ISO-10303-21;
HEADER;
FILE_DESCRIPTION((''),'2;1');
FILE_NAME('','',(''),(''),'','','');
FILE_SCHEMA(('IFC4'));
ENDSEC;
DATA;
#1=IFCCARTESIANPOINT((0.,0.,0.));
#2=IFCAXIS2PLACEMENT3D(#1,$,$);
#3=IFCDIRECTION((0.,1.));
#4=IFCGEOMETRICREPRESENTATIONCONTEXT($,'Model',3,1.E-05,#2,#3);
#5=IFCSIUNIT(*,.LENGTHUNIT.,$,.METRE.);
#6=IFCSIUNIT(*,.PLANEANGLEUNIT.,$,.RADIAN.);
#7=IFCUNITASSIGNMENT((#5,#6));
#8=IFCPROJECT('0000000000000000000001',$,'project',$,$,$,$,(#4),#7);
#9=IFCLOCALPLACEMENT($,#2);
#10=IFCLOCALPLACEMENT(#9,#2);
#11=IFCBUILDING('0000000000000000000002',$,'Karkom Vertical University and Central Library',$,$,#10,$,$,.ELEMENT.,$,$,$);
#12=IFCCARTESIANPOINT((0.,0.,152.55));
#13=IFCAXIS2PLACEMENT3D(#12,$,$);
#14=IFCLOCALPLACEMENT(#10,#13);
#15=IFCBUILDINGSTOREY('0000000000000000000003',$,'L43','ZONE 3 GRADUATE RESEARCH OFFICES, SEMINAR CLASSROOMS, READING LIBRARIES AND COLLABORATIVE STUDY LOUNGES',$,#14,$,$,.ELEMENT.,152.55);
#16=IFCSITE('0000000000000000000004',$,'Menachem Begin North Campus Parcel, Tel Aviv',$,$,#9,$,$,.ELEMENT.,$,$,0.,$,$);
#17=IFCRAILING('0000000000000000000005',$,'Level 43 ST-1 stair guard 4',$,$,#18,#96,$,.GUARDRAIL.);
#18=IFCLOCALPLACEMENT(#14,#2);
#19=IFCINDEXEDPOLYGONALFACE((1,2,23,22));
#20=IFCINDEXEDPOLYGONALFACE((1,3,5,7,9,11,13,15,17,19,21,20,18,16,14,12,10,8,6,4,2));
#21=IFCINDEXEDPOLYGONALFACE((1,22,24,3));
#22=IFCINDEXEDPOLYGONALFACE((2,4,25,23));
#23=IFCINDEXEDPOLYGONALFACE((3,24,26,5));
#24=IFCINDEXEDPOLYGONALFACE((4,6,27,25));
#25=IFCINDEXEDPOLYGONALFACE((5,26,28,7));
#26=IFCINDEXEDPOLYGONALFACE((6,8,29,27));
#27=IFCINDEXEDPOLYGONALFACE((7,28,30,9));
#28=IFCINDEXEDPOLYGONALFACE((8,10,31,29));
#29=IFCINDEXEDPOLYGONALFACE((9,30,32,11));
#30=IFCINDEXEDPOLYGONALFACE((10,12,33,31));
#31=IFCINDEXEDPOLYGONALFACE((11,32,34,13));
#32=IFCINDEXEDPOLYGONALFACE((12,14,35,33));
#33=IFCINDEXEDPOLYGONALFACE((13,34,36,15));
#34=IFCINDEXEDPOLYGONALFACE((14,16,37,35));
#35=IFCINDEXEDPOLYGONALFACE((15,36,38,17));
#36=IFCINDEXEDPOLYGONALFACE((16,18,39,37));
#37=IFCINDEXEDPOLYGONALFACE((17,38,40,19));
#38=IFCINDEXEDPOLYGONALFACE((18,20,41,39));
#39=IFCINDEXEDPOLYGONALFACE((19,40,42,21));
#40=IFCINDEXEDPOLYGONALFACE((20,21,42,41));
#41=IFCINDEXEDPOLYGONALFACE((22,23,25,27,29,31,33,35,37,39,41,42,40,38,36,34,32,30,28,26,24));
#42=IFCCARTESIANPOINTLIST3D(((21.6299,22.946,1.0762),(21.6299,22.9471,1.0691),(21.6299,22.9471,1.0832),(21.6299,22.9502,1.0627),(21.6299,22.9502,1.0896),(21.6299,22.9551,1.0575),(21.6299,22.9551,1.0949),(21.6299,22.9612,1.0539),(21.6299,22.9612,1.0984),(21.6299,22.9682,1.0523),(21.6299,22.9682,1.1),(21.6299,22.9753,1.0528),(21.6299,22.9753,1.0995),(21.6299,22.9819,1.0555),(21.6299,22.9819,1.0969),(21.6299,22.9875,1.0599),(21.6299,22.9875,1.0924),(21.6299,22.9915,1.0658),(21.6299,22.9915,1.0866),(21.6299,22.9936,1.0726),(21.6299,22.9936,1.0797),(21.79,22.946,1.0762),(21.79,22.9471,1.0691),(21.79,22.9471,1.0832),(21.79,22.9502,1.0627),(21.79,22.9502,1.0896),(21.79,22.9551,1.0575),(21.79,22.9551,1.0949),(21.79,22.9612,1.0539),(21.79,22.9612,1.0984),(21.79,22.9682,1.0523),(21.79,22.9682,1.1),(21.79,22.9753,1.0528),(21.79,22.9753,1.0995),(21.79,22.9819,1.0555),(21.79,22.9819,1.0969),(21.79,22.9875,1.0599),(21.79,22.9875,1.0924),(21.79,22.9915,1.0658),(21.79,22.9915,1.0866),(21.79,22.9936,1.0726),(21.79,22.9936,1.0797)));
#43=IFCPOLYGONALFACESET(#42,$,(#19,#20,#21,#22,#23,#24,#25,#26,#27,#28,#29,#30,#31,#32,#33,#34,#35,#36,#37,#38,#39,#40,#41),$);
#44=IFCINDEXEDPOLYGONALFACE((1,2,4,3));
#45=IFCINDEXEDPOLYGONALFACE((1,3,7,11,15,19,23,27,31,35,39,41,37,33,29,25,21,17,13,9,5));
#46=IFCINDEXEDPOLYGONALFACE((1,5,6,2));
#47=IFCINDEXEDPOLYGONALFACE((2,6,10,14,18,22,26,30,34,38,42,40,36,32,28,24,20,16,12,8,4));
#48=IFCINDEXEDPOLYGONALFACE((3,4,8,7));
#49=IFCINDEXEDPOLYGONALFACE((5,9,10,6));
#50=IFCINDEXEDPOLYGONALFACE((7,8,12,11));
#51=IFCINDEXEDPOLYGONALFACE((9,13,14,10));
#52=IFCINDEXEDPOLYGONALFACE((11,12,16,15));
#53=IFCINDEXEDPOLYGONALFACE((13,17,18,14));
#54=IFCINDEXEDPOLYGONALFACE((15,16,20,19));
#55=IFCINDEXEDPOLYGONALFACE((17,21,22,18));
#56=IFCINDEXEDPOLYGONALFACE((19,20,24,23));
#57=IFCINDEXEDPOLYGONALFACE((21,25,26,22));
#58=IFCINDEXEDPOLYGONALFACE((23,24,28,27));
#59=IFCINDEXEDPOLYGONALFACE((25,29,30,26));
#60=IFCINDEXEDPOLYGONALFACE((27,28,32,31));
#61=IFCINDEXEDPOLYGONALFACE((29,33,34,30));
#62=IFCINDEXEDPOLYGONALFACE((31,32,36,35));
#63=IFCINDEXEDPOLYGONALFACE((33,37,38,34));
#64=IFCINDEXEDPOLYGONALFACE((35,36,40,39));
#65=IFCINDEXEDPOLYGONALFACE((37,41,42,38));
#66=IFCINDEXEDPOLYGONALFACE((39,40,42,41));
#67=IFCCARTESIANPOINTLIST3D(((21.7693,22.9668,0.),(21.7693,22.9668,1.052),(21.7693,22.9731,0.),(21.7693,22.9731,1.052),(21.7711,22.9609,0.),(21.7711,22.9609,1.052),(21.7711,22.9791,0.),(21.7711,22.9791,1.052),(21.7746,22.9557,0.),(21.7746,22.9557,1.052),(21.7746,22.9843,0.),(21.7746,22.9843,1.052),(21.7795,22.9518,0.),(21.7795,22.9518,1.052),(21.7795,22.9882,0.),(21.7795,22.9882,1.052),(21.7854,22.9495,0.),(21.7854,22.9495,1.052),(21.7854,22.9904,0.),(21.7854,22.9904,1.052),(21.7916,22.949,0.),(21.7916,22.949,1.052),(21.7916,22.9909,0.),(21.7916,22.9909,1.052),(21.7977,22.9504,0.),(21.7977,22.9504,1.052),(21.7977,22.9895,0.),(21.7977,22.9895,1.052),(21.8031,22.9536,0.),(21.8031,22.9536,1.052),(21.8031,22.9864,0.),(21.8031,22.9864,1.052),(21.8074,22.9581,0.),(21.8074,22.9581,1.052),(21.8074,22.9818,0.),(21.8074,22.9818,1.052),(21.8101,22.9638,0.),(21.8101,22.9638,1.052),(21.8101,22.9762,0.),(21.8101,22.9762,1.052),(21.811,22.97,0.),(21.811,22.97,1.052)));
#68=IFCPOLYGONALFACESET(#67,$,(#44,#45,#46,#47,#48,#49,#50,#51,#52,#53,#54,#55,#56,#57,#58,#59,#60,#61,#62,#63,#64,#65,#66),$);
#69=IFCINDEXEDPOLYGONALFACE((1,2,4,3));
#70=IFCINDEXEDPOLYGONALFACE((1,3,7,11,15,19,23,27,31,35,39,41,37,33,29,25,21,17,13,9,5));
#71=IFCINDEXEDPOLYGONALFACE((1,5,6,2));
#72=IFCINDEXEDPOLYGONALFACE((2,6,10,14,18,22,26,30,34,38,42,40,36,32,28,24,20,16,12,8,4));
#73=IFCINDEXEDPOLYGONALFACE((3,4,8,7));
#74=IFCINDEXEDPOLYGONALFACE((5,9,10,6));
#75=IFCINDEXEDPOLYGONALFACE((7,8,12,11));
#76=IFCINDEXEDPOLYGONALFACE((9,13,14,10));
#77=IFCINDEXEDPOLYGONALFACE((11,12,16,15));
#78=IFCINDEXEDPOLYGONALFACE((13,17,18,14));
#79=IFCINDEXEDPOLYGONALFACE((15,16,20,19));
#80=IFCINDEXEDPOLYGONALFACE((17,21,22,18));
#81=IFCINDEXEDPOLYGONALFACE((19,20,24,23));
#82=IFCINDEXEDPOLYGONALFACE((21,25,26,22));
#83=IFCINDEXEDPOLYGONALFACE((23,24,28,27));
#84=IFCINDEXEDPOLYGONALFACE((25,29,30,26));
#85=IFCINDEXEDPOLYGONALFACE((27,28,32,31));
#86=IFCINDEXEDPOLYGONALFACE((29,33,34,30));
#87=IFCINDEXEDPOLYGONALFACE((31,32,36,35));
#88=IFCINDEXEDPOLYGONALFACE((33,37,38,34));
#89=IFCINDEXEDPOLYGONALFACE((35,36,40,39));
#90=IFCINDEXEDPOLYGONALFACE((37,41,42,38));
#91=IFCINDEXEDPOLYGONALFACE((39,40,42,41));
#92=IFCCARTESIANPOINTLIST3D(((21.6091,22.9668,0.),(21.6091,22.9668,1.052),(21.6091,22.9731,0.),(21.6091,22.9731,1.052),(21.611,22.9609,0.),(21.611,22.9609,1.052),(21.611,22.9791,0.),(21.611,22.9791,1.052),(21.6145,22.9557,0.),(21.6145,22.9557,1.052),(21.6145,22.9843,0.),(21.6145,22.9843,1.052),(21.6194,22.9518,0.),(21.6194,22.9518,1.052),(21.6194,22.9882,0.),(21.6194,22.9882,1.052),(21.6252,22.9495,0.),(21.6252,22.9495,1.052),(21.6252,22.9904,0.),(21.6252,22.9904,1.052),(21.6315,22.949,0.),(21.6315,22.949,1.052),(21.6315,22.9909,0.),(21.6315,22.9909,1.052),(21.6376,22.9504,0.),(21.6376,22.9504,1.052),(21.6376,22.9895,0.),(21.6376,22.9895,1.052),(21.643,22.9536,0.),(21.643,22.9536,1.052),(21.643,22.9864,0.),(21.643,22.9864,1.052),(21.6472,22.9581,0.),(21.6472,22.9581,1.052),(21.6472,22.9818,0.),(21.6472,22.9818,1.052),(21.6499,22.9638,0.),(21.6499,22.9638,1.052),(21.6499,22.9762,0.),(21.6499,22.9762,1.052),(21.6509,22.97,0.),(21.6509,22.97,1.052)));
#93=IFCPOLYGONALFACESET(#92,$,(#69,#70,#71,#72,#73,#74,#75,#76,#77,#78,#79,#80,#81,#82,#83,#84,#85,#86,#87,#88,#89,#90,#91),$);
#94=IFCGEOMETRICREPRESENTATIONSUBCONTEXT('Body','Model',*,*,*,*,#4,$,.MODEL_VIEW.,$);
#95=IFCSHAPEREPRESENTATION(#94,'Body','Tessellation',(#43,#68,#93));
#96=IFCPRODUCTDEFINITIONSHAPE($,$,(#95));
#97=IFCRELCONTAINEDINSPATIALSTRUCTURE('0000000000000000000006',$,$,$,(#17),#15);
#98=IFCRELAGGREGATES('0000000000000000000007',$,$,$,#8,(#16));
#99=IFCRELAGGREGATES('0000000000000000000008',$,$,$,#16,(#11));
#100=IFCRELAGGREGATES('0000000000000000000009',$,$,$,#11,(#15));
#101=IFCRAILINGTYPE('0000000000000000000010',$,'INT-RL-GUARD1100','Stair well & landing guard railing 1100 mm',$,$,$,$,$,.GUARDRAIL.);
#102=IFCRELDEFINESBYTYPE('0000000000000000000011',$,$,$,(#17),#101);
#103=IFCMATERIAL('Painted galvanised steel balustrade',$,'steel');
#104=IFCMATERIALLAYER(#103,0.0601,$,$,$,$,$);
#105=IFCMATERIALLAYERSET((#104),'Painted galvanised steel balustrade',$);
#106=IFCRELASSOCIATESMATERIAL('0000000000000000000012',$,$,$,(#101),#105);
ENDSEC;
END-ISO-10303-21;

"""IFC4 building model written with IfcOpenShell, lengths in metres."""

from ifc_helpers import new_model, si_unit, direction, frame, origin, origin_2d, place, context, subcontext, project, spatial, circle, extrude, material, layer, layer_set, type_object, element, save


model = new_model("IFC4")

# Units and contexts
model_context = context("Model", 3, precision=1e-05, world=origin(), true_north=direction((0.0, 1.0)))
body_context = subcontext(model_context, "Body", "Model", "MODEL_VIEW")
ifc_project = project(units=[si_unit("LENGTHUNIT", "METRE"), si_unit("PLANEANGLEUNIT", "RADIAN")], contexts=[model_context])

# Site, building, storey
site_placement = place(None, origin())
site = spatial("IfcSite", under=ifc_project, at=site_placement, Name="Menachem Begin North Campus Parcel, Tel Aviv", CompositionType="ELEMENT", RefElevation=0.0)
building_placement = place(site_placement, origin())
building = spatial("IfcBuilding", under=site, at=building_placement, Name="Karkom Vertical University and Central Library", CompositionType="ELEMENT")
storey_placement = place(building_placement, frame((0.0, 0.0, 152.55)))
storey = spatial("IfcBuildingStorey", under=building, at=storey_placement, Name="L43", Description="ZONE 3 GRADUATE RESEARCH OFFICES, SEMINAR CLASSROOMS, READING LIBRARIES AND COLLABORATIVE STUDY LOUNGES", CompositionType="ELEMENT", Elevation=152.55)

# Railing
ifc_material_1 = material(Name="Painted galvanised steel balustrade", Category="steel")
ifc_layer_1 = layer(ifc_material_1, 0.0601)
ifc_layer_set_1 = layer_set([ifc_layer_1], Name="Painted galvanised steel balustrade")
railing_type_1 = type_object("IfcRailingType", Name="INT-RL-GUARD1100", Description="Stair well & landing guard railing 1100 mm", PredefinedType="GUARDRAIL", material=ifc_layer_set_1)
railing_1_placement = place(storey_placement, frame((21.79, 22.97, 0.0)))
element("IfcRailing", 1, at=railing_1_placement, inside=storey, type_object=railing_type_1, Name="Level 43 ST-1 stair guard 4", PredefinedType="GUARDRAIL", context=body_context, shape_type="SweptSolid", body=[
    extrude(circle(Radius=0.0239, at=origin_2d()), frame((0.0, 0.0, 1.0762), z_axis=(-1.0, 0.0, 0.0), x_axis=(0.0, -1.0, 0.0)), (0.0, 0.0, 1.0), 0.1602),
    extrude(circle(Radius=0.021, at=origin_2d()), origin(), (0.0, 0.0, 1.0), 1.052),
    extrude(circle(Radius=0.021, at=origin_2d()), frame((-0.1602, 0.0, 0.0)), (0.0, 0.0, 1.0), 1.052),
])

save(model, "model.ifc")
